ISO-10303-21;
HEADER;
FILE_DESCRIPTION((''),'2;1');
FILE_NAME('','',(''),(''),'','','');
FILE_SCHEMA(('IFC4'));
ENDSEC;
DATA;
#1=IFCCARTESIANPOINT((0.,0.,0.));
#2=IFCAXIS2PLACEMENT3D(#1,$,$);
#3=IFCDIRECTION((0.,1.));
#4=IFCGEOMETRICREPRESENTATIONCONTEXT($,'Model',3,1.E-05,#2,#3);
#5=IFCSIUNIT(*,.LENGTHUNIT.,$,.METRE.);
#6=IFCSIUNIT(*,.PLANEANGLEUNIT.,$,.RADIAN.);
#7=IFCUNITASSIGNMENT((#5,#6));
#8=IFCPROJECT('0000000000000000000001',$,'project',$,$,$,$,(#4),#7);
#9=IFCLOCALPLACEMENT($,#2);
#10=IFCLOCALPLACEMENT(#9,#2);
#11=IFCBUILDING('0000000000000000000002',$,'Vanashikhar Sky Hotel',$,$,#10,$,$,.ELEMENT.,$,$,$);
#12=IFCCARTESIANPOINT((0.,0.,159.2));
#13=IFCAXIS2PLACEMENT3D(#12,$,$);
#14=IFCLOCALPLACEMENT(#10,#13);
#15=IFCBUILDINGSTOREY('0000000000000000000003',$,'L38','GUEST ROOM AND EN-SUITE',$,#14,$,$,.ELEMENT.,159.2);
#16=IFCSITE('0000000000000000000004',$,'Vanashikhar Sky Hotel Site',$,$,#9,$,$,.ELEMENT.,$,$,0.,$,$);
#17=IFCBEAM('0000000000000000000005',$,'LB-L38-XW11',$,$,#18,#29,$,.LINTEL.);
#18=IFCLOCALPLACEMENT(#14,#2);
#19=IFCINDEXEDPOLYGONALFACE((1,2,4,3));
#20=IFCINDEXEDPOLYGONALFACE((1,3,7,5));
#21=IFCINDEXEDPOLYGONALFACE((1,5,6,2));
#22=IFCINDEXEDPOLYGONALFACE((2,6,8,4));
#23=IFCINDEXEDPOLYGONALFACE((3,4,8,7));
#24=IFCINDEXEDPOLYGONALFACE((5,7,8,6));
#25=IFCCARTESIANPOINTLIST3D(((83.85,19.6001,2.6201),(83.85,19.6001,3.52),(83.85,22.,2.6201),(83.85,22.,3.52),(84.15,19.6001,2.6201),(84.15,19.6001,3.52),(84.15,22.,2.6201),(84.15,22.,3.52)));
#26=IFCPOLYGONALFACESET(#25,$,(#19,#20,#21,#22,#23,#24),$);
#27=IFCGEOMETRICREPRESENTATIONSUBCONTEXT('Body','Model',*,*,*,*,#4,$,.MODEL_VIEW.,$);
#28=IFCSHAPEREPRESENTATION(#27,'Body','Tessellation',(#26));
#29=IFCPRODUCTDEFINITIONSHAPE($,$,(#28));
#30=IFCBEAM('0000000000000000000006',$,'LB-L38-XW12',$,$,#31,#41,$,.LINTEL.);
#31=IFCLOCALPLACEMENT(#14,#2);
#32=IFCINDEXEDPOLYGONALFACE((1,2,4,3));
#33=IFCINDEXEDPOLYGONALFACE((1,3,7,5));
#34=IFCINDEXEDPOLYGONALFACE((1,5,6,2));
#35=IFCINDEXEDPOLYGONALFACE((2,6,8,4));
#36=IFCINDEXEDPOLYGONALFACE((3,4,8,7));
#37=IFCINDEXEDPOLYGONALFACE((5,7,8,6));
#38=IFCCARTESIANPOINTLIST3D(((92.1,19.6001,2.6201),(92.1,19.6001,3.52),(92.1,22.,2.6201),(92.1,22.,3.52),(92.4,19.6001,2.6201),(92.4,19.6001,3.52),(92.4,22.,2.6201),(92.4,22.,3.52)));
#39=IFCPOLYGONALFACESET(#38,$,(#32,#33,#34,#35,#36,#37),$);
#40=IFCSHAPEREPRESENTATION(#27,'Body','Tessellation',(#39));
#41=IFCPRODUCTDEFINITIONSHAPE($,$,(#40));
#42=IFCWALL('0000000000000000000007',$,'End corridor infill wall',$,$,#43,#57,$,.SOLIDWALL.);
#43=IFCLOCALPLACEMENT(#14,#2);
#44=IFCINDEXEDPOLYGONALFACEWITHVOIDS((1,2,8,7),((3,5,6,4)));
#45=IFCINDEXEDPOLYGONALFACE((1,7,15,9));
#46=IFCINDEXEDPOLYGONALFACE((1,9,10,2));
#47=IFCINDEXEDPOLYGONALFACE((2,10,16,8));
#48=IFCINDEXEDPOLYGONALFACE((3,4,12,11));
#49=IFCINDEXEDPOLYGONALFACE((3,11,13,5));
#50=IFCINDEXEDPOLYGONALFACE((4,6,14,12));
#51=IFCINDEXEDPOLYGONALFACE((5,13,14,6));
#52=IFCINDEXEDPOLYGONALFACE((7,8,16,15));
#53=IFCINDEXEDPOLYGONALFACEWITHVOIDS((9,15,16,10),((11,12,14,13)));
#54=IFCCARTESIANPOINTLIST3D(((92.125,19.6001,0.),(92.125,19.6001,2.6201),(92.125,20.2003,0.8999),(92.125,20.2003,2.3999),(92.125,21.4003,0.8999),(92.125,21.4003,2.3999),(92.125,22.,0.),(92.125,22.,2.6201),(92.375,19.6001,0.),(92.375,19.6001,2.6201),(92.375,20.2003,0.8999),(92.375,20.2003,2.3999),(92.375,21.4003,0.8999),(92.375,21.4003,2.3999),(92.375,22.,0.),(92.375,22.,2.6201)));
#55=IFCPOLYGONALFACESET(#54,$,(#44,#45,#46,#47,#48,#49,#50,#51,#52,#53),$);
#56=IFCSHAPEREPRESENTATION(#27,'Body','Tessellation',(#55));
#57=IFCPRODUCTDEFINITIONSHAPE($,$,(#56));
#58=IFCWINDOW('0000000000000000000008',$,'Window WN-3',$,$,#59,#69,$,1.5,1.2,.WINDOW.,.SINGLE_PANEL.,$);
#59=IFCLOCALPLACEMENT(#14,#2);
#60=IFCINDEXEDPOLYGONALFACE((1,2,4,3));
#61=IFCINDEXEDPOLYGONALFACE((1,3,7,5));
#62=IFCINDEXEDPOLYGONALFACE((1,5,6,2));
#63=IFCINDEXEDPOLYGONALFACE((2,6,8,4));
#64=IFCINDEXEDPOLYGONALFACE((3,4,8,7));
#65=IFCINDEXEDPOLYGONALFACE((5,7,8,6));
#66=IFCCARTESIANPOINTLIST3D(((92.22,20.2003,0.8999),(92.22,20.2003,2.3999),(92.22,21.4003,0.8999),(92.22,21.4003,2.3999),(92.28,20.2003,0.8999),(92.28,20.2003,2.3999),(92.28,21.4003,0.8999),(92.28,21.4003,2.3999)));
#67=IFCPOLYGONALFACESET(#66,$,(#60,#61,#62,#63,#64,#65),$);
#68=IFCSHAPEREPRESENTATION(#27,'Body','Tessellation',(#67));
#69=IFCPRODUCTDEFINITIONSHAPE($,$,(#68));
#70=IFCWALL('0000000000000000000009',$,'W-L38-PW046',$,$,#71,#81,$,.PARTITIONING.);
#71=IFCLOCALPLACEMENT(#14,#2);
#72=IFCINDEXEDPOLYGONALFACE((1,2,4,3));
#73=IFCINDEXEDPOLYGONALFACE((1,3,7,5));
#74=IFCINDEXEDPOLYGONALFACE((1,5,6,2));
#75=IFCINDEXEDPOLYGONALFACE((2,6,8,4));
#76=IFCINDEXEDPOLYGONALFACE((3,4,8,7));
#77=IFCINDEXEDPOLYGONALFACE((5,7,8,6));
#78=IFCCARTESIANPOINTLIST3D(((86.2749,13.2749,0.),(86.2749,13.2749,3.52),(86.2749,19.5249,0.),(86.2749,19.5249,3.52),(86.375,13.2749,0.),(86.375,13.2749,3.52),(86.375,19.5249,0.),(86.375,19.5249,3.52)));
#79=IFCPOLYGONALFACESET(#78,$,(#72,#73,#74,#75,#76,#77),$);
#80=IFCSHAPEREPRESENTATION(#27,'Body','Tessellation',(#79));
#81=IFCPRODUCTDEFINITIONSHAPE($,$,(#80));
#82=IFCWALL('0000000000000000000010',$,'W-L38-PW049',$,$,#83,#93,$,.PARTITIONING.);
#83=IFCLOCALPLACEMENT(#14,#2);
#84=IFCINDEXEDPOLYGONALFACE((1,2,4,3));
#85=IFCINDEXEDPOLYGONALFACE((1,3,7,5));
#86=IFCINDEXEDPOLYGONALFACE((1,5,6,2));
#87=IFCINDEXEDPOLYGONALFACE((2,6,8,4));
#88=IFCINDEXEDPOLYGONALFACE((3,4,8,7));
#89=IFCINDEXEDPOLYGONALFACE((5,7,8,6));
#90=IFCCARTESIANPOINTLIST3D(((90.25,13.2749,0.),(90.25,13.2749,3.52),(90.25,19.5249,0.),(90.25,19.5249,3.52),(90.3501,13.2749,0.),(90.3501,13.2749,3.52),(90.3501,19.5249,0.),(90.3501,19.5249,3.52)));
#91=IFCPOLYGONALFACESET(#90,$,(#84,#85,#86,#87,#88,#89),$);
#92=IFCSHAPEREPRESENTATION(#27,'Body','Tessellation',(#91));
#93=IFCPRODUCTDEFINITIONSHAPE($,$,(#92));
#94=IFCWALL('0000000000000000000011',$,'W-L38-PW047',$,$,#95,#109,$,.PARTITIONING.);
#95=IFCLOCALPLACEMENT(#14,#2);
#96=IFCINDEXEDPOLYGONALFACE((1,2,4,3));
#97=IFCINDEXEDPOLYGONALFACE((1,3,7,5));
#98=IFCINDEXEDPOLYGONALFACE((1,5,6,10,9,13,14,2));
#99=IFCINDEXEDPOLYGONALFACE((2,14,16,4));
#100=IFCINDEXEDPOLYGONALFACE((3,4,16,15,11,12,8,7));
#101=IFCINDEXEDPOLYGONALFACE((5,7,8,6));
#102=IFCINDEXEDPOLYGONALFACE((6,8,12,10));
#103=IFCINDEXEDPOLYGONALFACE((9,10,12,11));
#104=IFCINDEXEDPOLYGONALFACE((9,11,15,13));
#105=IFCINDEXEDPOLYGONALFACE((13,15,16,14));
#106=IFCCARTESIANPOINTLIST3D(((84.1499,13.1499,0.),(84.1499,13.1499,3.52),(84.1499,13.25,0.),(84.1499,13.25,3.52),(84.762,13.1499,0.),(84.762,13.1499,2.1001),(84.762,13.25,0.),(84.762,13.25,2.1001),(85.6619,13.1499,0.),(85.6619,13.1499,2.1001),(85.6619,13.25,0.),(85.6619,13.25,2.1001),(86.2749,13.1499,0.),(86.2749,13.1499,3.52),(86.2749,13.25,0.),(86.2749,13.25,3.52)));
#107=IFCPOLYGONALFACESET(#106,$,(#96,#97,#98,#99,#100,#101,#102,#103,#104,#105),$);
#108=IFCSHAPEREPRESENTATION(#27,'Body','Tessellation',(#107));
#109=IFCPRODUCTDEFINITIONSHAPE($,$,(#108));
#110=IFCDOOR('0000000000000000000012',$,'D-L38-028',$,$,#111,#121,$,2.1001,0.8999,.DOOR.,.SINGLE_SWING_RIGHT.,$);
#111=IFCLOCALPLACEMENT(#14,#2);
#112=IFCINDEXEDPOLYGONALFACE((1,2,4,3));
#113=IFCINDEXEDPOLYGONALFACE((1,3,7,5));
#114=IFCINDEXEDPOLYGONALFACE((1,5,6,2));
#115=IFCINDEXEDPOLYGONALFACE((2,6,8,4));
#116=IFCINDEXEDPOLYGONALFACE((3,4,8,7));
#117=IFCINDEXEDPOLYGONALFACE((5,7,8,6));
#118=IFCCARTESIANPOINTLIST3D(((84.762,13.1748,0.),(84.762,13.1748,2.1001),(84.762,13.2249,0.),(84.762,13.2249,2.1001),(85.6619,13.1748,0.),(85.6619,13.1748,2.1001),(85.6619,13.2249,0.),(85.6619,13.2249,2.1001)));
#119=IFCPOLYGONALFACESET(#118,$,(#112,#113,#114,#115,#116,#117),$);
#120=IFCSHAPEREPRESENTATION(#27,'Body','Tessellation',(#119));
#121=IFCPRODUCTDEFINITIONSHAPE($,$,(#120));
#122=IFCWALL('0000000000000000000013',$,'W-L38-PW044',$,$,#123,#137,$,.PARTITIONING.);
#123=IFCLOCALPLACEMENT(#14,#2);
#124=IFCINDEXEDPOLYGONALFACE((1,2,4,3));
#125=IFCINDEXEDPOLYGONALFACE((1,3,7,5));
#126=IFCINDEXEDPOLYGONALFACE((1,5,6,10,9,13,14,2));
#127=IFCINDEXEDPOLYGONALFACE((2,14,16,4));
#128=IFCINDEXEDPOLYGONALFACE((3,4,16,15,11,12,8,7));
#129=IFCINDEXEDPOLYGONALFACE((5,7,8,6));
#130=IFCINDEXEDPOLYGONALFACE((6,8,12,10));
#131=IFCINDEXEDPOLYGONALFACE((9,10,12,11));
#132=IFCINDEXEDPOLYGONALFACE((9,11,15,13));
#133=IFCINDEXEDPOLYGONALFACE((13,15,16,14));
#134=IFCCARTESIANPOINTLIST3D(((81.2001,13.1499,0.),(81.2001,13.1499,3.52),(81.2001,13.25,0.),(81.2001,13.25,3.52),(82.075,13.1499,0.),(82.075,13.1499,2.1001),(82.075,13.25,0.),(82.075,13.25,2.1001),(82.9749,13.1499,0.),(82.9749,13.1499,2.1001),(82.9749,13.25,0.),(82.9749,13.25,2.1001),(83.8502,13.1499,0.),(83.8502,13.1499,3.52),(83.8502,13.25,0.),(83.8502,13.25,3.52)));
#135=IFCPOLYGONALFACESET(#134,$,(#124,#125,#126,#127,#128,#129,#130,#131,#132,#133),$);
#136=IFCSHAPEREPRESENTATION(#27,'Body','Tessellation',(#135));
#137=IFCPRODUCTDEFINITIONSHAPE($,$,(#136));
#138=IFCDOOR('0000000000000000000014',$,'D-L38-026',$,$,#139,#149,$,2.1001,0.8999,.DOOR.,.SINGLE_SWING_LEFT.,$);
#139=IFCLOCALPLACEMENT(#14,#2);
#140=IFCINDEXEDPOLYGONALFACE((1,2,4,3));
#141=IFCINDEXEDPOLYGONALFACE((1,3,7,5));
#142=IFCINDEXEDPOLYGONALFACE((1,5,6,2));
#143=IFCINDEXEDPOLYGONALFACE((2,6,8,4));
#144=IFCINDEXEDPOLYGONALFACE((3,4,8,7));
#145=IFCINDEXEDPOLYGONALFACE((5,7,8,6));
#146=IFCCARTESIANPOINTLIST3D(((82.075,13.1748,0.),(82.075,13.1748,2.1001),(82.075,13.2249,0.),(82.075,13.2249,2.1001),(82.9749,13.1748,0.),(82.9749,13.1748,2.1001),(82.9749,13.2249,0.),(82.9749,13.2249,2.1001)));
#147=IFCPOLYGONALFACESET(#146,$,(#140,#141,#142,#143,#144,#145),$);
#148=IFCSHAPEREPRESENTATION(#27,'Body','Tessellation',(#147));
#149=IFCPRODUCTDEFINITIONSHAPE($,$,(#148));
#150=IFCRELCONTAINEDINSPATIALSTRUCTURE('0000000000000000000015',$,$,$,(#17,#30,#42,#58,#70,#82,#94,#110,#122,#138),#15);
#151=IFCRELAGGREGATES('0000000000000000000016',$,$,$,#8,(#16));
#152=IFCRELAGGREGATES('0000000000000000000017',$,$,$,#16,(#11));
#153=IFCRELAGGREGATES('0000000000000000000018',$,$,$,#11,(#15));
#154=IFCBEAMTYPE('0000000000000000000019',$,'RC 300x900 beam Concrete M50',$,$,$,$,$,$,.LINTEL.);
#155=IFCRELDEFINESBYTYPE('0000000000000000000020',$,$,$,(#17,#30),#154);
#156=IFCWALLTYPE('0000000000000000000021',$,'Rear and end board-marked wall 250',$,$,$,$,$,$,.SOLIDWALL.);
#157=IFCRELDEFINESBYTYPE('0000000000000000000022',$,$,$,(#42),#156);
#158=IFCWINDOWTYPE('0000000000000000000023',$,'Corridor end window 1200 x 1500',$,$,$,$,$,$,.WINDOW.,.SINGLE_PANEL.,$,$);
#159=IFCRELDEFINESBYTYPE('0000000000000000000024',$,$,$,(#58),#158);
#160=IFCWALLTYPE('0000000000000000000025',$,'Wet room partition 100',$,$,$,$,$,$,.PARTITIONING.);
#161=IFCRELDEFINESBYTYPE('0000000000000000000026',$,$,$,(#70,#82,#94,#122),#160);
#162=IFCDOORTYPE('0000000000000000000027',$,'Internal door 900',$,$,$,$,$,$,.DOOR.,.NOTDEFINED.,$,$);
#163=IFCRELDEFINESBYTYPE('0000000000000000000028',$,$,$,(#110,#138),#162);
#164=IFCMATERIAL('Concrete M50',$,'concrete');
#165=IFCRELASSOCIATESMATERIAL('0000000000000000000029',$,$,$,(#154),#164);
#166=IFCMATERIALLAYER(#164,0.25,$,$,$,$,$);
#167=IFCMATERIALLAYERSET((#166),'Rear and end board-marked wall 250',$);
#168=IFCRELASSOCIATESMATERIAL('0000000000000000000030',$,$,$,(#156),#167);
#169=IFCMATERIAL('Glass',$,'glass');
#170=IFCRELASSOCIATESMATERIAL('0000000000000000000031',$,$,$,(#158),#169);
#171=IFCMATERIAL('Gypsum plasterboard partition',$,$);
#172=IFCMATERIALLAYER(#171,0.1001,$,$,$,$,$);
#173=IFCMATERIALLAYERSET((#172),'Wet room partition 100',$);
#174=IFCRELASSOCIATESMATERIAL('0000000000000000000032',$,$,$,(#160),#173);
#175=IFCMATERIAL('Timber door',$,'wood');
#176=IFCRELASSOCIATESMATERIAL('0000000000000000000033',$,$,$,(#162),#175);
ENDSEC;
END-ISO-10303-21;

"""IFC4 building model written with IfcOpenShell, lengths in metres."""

from ifc_helpers import new_model, si_unit, direction, frame, frame_2d, origin, origin_2d, place, context, subcontext, project, spatial, rectangle, extrude, source, transform, mapped, material, layer, layer_set, material_profile, profile_set, type_object, element, fill, save


model = new_model("IFC4")

# Units and contexts
model_context = context("Model", 3, precision=1e-05, world=origin(), true_north=direction((0.0, 1.0)))
body_context = subcontext(model_context, "Body", "Model", "MODEL_VIEW")
ifc_project = project(units=[si_unit("LENGTHUNIT", "METRE"), si_unit("PLANEANGLEUNIT", "RADIAN")], contexts=[model_context])

# Site, building, storey
site_placement = place(None, origin())
site = spatial("IfcSite", under=ifc_project, at=site_placement, Name="Vanashikhar Sky Hotel Site", CompositionType="ELEMENT", RefElevation=0.0)
building_placement = place(site_placement, origin())
building = spatial("IfcBuilding", under=site, at=building_placement, Name="Vanashikhar Sky Hotel", CompositionType="ELEMENT")
storey_placement = place(building_placement, frame((0.0, 0.0, 159.2)))
storey = spatial("IfcBuildingStorey", under=building, at=storey_placement, Name="L38", Description="GUEST ROOM AND EN-SUITE", CompositionType="ELEMENT", Elevation=159.2)

# Beams
ifc_material_1 = material(Name="Concrete M50", Category="concrete")
ifc_material_profile = material_profile(ifc_material_1, rectangle(XDim=0.3, YDim=0.8999, at=origin_2d()))
ifc_profile_set = profile_set([ifc_material_profile], Name="RC 300x900 beam Concrete M50")
beam_type = type_object("IfcBeamType", Name="RC 300x900 beam Concrete M50", PredefinedType="LINTEL", material=ifc_profile_set)
shared_shape_1 = source(origin(), body_context, "Body", "SweptSolid", [
    extrude(rectangle(XDim=0.3, YDim=0.8999, at=origin_2d()), origin(), (0.0, 0.0, 1.0), 2.3999),
])
for number, where, z_axis, x_axis, name in (
    (1, (84.0, 19.6001, 3.0701), (0.0, 1.0, 0.0), (-1.0, 0.0, 0.0), "LB-L38-XW11"),
    (2, (92.25, 19.6001, 3.0701), (0.0, 1.0, 0.0), (-1.0, 0.0, 0.0), "LB-L38-XW12"),
):
    element("IfcBeam", number, at=place(storey_placement, frame(where, z_axis=z_axis, x_axis=x_axis)), inside=storey, type_object=beam_type, Name=name, PredefinedType="LINTEL", context=body_context, shape_type="MappedRepresentation", body=[
        mapped(shared_shape_1, transform((0.0, 0.0, 0.0), scale=1.0)),
    ])

# Wall, opening, window
ifc_layer_1 = layer(ifc_material_1, 0.25)
ifc_layer_set_1 = layer_set([ifc_layer_1], Name="Rear and end board-marked wall 250")
wall_type_1 = type_object("IfcWallType", Name="Rear and end board-marked wall 250", PredefinedType="SOLIDWALL", material=ifc_layer_set_1)
shared_shape_2 = source(origin(), body_context, "Body", "SweptSolid", [
    extrude(rectangle(XDim=2.3999, YDim=0.25, at=frame_2d((1.2, 0.0))), origin(), (0.0, 0.0, 1.0), 2.6201),
])
wall_1_placement = place(storey_placement, frame((92.25, 19.6001, 0.0), z_axis=(0.0, 0.0, 1.0), x_axis=(0.0, 1.0, 0.0)))
wall_1 = element("IfcWall", 3, at=wall_1_placement, inside=storey, type_object=wall_type_1, Name="End corridor infill wall", PredefinedType="SOLIDWALL", context=body_context, shape_type="MappedRepresentation", body=[
    mapped(shared_shape_2, transform((0.0, 0.0, 0.0), scale=1.0)),
])
shared_shape_3 = source(origin(), body_context, "Body", "SweptSolid", [
    extrude(rectangle(XDim=1.2, YDim=1.5, at=frame_2d((0.6001, 0.75))), frame((0.0, 0.135, 0.0), z_axis=(0.0, -1.0, 0.0), x_axis=(1.0, 0.0, 0.0)), (0.0, 0.0, 1.0), 0.27),
])
opening_1_placement = place(wall_1_placement, frame((0.6001, 0.0, 0.8999)))
opening_1 = element("IfcOpeningElement", 4, at=opening_1_placement, cuts=wall_1, PredefinedType="OPENING", context=body_context, shape_type="MappedRepresentation", body=[
    mapped(shared_shape_3, transform((0.0, 0.0, 0.0), scale=1.0)),
])
ifc_material_2 = material(Name="Glass", Category="glass")
window_type = type_object("IfcWindowType", Name="Corridor end window 1200 x 1500", PartitioningType="SINGLE_PANEL", PredefinedType="WINDOW", material=ifc_material_2)
shared_shape_4 = source(origin(), body_context, "Body", "SweptSolid", [
    extrude(rectangle(XDim=1.2, YDim=1.5, at=frame_2d((0.6001, 0.75))), frame((0.0, 0.03, 0.0), z_axis=(0.0, -1.0, 0.0), x_axis=(1.0, 0.0, 0.0)), (0.0, 0.0, 1.0), 0.0601),
])
window_placement = place(opening_1_placement, origin())
window = element("IfcWindow", 5, at=window_placement, inside=storey, type_object=window_type, Name="Window WN-3", OverallHeight=1.5, OverallWidth=1.2, PartitioningType="SINGLE_PANEL", PredefinedType="WINDOW", context=body_context, shape_type="MappedRepresentation", body=[
    mapped(shared_shape_4, transform((0.0, 0.0, 0.0), scale=1.0)),
])
fill(opening_1, window)

# Walls
ifc_material_3 = material(Name="Gypsum plasterboard partition")
ifc_layer_2 = layer(ifc_material_3, 0.1001)
ifc_layer_set_2 = layer_set([ifc_layer_2], Name="Wet room partition 100")
wall_type_2 = type_object("IfcWallType", Name="Wet room partition 100", PredefinedType="PARTITIONING", material=ifc_layer_set_2)
shared_shape_5 = source(origin(), body_context, "Body", "SweptSolid", [
    extrude(rectangle(XDim=6.25, YDim=0.1001, at=frame_2d((3.125, 0.0))), origin(), (0.0, 0.0, 1.0), 3.52),
])
for number, where, z_axis, x_axis, name in (
    (6, (86.325, 13.2749, 0.0), (0.0, 0.0, 1.0), (0.0, 1.0, 0.0), "W-L38-PW046"),
    (7, (90.3, 13.2749, 0.0), (0.0, 0.0, 1.0), (0.0, 1.0, 0.0), "W-L38-PW049"),
):
    element("IfcWall", number, at=place(storey_placement, frame(where, z_axis=z_axis, x_axis=x_axis)), inside=storey, type_object=wall_type_2, Name=name, PredefinedType="PARTITIONING", context=body_context, shape_type="MappedRepresentation", body=[
        mapped(shared_shape_5, transform((0.0, 0.0, 0.0), scale=1.0)),
    ])

# Walls, openings, doors
shared_shape_6 = source(origin(), body_context, "Body", "SweptSolid", [
    extrude(rectangle(XDim=2.125, YDim=0.1001, at=frame_2d((1.0625, 0.0))), origin(), (0.0, 0.0, 1.0), 3.52),
])
wall_2_placement = place(storey_placement, frame((84.1499, 13.2, 0.0), z_axis=(0.0, 0.0, 1.0), x_axis=(1.0, 0.0, 0.0)))
wall_2 = element("IfcWall", 8, at=wall_2_placement, inside=storey, type_object=wall_type_2, Name="W-L38-PW047", PredefinedType="PARTITIONING", context=body_context, shape_type="MappedRepresentation", body=[
    mapped(shared_shape_6, transform((0.0, 0.0, 0.0), scale=1.0)),
])
shared_shape_7 = source(origin(), body_context, "Body", "SweptSolid", [
    extrude(rectangle(XDim=0.8999, YDim=2.1001, at=frame_2d((0.45, 1.05))), frame((0.0, 0.0601, 0.0), z_axis=(0.0, -1.0, 0.0), x_axis=(1.0, 0.0, 0.0)), (0.0, 0.0, 1.0), 0.1201),
])
opening_2_placement = place(wall_2_placement, frame((0.6121, 0.0, 0.0)))
opening_2 = element("IfcOpeningElement", 9, at=opening_2_placement, cuts=wall_2, PredefinedType="OPENING", context=body_context, shape_type="MappedRepresentation", body=[
    mapped(shared_shape_7, transform((0.0, 0.0, 0.0), scale=1.0)),
])
ifc_material_4 = material(Name="Timber door", Category="wood")
door_type_1 = type_object("IfcDoorType", Name="Internal door 900", OperationType="NOTDEFINED", PredefinedType="DOOR", material=ifc_material_4)
shared_shape_8 = source(origin(), body_context, "Body", "SweptSolid", [
    extrude(rectangle(XDim=0.8999, YDim=2.1001, at=frame_2d((0.45, 1.05))), frame((0.0, 0.0249, 0.0), z_axis=(0.0, -1.0, 0.0), x_axis=(1.0, 0.0, 0.0)), (0.0, 0.0, 1.0), 0.05),
])
door_1_placement = place(opening_2_placement, origin())
door_1 = element("IfcDoor", 10, at=door_1_placement, inside=storey, type_object=door_type_1, Name="D-L38-028", OperationType="SINGLE_SWING_RIGHT", OverallHeight=2.1001, OverallWidth=0.8999, PredefinedType="DOOR", context=body_context, shape_type="MappedRepresentation", body=[
    mapped(shared_shape_8, transform((0.0, 0.0, 0.0), scale=1.0)),
])
fill(opening_2, door_1)
shared_shape_9 = source(origin(), body_context, "Body", "SweptSolid", [
    extrude(rectangle(XDim=2.6501, YDim=0.1001, at=frame_2d((1.3252, 0.0))), origin(), (0.0, 0.0, 1.0), 3.52),
])
wall_3_placement = place(storey_placement, frame((81.2, 13.2, 0.0), z_axis=(0.0, 0.0, 1.0), x_axis=(1.0, 0.0, 0.0)))
wall_3 = element("IfcWall", 11, at=wall_3_placement, inside=storey, type_object=wall_type_2, Name="W-L38-PW044", PredefinedType="PARTITIONING", context=body_context, shape_type="MappedRepresentation", body=[
    mapped(shared_shape_9, transform((0.0, 0.0, 0.0), scale=1.0)),
])
opening_3_placement = place(wall_3_placement, frame((0.875, 0.0, 0.0)))
opening_3 = element("IfcOpeningElement", 12, at=opening_3_placement, cuts=wall_3, PredefinedType="OPENING", context=body_context, shape_type="MappedRepresentation", body=[
    mapped(shared_shape_7, transform((0.0, 0.0, 0.0), scale=1.0)),
])
door_2_placement = place(opening_3_placement, origin())
door_2 = element("IfcDoor", 13, at=door_2_placement, inside=storey, type_object=door_type_1, Name="D-L38-026", OperationType="SINGLE_SWING_LEFT", OverallHeight=2.1001, OverallWidth=0.8999, PredefinedType="DOOR", context=body_context, shape_type="MappedRepresentation", body=[
    mapped(shared_shape_8, transform((0.0, 0.0, 0.0), scale=1.0)),
])
fill(opening_3, door_2)

save(model, "model.ifc")
